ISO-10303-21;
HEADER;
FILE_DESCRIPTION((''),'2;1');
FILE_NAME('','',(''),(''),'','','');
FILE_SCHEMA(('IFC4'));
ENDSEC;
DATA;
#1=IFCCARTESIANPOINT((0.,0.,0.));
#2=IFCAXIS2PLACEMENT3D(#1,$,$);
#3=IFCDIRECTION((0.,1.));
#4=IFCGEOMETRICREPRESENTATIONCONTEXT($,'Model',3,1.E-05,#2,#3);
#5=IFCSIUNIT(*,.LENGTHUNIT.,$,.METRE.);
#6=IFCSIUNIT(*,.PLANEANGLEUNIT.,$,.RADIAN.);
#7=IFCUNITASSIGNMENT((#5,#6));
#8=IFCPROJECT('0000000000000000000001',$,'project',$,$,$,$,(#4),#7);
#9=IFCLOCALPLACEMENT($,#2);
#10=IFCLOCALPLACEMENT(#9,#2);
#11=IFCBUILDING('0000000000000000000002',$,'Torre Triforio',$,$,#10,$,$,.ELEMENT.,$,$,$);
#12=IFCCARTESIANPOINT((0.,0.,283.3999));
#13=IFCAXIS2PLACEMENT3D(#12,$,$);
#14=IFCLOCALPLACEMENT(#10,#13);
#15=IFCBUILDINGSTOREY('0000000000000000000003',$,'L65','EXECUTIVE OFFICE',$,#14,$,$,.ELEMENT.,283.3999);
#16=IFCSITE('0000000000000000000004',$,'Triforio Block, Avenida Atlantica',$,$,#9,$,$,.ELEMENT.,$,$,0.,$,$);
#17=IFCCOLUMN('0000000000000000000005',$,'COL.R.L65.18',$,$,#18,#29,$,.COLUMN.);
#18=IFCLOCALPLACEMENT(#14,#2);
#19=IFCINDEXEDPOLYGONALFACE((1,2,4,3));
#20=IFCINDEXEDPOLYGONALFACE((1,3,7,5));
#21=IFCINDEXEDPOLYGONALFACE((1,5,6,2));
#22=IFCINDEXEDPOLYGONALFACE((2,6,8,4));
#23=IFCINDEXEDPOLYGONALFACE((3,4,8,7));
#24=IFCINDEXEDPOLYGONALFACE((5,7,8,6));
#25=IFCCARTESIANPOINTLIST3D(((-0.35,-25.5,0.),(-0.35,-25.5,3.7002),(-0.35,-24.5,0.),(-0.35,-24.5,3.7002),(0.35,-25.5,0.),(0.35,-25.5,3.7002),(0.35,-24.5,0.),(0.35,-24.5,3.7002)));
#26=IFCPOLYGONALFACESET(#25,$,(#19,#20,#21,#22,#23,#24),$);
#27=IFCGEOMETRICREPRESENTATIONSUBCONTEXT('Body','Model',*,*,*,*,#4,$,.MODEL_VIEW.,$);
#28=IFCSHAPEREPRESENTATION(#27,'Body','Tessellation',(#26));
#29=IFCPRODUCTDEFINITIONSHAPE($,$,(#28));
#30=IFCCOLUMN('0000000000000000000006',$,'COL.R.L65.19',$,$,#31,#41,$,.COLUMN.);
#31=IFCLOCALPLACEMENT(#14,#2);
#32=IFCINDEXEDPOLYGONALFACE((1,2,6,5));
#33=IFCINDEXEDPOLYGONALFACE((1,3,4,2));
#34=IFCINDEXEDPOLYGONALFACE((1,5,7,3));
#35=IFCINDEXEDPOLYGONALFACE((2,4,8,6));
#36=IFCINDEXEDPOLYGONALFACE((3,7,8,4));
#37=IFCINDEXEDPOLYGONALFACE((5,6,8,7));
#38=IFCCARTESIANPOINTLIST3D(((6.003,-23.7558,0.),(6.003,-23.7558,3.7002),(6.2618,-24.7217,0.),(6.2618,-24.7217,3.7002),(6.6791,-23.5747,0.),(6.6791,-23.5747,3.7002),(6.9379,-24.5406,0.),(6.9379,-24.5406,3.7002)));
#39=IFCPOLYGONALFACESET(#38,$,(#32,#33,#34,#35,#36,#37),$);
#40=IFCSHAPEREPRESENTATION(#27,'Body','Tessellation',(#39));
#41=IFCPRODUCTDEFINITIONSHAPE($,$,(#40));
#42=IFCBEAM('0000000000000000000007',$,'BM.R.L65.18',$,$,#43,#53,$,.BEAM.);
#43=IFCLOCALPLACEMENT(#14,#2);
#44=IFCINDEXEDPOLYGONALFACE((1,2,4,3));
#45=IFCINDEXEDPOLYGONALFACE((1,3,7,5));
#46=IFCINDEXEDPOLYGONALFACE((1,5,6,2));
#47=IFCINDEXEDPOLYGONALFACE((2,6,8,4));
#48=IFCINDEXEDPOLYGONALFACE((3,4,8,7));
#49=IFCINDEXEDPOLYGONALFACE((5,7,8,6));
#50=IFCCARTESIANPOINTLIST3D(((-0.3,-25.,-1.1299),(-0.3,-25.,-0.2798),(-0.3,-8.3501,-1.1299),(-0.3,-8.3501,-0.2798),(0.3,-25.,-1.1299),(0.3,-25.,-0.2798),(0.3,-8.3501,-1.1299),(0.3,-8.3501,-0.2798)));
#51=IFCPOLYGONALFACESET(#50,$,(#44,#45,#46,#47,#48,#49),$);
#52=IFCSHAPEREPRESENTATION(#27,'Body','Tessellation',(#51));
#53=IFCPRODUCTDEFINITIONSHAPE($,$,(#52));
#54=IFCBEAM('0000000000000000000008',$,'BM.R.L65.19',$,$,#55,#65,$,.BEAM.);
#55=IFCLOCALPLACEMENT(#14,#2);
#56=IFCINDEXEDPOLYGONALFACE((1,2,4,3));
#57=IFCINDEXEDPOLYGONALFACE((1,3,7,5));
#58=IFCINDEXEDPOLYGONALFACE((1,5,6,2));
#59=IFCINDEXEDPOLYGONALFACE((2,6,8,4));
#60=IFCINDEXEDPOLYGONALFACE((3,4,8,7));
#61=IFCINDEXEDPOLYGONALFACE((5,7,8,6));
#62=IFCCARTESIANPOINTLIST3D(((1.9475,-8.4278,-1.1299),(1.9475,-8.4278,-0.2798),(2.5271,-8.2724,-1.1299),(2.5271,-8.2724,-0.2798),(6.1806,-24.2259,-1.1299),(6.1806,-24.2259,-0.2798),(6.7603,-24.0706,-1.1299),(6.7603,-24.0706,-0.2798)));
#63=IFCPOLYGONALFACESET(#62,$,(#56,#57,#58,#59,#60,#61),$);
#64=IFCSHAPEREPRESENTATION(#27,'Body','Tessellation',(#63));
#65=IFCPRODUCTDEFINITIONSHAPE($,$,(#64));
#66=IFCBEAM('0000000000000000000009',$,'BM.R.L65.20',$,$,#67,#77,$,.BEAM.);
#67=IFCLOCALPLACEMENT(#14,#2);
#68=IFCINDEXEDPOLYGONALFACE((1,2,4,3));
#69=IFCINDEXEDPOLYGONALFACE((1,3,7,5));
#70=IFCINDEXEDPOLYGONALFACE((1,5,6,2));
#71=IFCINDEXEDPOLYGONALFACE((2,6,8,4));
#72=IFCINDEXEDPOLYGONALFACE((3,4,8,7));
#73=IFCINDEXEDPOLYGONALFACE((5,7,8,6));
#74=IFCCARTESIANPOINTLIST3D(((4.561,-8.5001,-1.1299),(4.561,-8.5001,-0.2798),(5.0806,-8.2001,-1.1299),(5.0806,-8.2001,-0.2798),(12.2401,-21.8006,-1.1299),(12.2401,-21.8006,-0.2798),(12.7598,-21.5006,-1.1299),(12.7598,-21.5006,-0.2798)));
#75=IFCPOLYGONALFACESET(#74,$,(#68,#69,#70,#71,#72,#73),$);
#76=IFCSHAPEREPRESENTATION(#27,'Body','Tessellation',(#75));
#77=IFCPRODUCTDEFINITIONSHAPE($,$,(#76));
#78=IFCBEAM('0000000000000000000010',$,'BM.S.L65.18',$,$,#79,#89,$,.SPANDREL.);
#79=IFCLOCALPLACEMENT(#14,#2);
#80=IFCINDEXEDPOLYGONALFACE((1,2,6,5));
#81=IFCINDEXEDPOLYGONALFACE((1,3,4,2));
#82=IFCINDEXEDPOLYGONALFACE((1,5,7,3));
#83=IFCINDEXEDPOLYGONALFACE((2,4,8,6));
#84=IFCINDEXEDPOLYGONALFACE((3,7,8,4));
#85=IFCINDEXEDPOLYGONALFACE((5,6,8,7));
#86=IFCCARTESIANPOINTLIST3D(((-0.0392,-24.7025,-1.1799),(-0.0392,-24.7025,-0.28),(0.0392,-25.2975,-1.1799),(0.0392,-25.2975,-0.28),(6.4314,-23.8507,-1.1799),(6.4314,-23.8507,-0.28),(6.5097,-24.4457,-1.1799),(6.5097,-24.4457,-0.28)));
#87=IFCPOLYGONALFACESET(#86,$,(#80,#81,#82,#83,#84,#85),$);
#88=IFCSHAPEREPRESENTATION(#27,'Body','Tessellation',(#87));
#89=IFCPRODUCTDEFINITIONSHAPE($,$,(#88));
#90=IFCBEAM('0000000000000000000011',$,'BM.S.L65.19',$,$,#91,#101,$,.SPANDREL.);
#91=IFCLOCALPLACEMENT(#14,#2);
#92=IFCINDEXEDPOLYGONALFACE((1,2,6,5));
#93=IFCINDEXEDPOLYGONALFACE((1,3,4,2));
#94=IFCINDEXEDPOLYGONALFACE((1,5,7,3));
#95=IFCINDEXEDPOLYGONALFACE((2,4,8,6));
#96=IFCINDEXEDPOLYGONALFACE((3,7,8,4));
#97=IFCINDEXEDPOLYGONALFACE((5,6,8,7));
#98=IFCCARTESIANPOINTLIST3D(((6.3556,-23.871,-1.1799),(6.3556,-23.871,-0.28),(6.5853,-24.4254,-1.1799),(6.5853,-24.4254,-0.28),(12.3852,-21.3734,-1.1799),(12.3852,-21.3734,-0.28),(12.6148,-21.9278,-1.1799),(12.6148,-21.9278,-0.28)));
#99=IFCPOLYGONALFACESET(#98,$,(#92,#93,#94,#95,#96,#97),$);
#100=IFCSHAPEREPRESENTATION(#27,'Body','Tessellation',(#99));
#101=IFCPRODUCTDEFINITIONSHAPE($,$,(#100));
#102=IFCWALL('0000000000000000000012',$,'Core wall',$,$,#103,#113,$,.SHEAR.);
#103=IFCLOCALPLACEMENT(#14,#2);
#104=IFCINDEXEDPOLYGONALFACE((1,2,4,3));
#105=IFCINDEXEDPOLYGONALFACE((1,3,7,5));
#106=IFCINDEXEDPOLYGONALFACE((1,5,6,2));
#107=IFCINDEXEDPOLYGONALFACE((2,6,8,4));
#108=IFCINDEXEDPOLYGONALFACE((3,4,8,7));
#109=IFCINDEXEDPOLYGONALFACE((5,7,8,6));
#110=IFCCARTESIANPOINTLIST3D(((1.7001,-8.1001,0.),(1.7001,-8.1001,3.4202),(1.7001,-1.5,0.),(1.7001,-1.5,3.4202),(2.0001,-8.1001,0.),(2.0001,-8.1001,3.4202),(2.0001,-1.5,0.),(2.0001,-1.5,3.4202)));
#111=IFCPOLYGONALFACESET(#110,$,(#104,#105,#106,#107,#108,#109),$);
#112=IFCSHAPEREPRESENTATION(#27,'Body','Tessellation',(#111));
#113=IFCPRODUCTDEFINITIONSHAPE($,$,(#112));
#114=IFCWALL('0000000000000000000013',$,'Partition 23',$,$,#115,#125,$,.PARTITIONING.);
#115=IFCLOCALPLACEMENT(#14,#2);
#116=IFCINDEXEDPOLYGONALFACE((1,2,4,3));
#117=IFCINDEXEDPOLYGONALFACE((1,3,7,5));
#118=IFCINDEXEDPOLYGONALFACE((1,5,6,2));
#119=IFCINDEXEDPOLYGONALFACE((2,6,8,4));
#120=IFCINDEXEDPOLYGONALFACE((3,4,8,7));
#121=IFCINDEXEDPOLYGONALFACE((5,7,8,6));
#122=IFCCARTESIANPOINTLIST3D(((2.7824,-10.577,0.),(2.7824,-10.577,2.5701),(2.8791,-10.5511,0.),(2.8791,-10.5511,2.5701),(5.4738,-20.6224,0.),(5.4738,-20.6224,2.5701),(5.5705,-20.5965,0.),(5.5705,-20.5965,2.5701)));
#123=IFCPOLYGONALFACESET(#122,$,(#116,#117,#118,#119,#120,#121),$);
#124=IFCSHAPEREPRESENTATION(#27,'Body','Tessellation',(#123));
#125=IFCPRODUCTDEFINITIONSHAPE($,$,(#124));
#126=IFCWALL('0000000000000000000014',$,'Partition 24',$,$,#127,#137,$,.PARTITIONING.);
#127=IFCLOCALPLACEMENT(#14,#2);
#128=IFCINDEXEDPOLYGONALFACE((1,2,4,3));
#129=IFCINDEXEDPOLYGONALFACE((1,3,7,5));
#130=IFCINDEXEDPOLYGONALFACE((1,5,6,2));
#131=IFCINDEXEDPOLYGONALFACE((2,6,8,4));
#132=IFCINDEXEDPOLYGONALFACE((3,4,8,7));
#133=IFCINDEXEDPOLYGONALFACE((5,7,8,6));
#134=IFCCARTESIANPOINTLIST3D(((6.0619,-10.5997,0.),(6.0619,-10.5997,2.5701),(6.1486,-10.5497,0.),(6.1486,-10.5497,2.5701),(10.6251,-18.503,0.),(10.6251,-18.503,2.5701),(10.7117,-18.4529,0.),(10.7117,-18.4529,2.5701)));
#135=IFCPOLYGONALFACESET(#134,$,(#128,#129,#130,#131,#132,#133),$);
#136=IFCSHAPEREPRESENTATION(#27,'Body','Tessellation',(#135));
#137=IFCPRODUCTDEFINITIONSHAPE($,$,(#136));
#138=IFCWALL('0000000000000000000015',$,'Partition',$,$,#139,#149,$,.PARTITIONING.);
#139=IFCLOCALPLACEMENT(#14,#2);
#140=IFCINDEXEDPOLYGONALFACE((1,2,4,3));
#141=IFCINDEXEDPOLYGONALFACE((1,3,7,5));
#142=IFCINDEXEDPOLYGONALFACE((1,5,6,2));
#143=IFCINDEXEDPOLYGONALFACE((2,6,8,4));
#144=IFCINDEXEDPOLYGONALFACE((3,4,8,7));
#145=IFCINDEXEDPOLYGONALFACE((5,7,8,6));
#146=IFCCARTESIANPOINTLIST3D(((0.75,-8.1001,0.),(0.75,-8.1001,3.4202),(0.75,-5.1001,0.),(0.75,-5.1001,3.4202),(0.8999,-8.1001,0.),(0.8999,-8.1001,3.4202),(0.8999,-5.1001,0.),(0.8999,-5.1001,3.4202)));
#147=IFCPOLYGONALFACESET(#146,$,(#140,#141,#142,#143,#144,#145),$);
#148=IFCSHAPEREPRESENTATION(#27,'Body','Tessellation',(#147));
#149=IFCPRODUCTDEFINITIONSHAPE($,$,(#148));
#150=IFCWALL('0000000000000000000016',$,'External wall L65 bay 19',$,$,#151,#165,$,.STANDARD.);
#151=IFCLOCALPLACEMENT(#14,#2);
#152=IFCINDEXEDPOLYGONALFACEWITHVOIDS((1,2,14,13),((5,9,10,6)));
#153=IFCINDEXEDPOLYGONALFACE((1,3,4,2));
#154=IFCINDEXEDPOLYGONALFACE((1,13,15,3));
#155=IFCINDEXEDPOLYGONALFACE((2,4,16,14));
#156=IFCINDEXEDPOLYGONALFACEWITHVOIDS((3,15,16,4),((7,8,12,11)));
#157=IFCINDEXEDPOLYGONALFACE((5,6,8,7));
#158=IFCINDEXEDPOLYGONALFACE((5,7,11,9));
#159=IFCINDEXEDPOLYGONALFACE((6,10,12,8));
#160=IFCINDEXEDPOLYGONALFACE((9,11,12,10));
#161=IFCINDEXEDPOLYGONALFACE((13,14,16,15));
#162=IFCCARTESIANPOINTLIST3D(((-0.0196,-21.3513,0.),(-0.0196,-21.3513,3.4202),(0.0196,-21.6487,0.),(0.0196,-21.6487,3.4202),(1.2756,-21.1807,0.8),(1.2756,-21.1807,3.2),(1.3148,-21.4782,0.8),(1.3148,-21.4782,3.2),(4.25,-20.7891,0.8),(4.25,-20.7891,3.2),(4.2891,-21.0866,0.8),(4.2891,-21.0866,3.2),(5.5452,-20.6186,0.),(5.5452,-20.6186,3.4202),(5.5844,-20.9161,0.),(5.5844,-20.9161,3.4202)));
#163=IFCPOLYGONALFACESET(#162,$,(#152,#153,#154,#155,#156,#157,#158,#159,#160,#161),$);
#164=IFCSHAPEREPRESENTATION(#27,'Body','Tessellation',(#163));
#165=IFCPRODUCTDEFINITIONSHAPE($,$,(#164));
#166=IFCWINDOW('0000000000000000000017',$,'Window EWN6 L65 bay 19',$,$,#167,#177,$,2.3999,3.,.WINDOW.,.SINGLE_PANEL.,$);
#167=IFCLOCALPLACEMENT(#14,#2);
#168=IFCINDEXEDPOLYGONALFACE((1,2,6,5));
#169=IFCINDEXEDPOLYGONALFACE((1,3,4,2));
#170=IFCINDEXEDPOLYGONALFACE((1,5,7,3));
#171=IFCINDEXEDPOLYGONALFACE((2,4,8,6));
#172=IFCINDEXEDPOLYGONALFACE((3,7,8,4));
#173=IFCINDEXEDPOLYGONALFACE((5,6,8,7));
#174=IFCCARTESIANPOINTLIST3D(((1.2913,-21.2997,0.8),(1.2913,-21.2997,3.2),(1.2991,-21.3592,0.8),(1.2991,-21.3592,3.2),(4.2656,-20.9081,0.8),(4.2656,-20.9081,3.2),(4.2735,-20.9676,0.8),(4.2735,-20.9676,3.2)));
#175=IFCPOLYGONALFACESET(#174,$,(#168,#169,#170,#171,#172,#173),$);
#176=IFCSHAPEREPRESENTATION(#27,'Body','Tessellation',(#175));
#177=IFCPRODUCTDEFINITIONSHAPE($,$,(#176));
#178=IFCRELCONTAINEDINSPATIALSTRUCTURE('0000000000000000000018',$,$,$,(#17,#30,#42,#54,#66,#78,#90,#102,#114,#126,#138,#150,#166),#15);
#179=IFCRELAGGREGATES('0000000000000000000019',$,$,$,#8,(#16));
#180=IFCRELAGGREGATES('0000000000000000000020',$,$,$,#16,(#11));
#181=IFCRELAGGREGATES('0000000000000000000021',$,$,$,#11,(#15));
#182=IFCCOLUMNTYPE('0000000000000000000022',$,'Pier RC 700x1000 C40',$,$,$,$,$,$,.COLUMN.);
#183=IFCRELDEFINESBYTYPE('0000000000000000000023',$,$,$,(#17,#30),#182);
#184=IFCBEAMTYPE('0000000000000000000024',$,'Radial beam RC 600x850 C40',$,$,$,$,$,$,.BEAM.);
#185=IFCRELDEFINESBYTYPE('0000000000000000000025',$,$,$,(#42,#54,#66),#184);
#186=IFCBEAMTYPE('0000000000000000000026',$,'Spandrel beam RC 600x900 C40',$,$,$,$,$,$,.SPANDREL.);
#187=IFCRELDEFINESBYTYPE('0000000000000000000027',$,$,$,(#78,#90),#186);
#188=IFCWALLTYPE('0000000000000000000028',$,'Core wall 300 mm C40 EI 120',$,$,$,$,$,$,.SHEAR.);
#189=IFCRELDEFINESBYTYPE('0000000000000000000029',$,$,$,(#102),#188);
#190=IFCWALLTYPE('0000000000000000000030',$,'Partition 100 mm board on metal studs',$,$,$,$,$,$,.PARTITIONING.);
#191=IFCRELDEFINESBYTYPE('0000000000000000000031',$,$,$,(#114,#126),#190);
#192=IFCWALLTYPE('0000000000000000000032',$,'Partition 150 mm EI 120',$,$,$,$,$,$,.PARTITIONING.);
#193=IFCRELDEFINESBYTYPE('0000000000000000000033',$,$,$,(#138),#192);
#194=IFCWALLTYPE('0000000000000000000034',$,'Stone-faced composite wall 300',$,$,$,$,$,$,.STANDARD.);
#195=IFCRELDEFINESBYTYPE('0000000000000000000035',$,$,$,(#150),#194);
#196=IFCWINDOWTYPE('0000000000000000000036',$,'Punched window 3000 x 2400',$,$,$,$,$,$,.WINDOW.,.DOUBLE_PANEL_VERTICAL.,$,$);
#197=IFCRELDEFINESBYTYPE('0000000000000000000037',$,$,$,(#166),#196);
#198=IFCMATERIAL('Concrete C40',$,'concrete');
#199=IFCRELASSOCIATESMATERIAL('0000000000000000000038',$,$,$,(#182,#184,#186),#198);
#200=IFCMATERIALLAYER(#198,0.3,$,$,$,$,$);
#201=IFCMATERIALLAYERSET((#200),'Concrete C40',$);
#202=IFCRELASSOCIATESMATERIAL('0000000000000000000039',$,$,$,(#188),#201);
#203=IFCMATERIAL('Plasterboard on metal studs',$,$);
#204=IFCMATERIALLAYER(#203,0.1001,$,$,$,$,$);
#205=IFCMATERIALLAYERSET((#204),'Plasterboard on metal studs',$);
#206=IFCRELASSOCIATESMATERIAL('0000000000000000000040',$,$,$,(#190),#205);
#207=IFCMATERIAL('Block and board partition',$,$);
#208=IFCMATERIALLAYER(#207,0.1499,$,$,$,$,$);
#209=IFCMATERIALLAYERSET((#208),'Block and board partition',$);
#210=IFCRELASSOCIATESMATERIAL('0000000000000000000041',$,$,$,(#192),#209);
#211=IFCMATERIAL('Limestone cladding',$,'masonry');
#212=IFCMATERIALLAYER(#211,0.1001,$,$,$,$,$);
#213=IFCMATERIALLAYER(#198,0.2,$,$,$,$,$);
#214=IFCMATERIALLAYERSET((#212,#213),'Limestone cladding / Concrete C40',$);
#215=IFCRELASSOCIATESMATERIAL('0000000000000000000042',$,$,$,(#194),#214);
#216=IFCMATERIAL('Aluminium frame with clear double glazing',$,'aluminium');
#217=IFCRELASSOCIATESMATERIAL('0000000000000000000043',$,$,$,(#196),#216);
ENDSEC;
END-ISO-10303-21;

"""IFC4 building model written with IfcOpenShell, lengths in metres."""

from ifc_helpers import new_model, si_unit, direction, frame, frame_2d, origin, origin_2d, place, context, subcontext, project, spatial, rectangle, extrude, material, layer, layer_set, material_profile, profile_set, type_object, element, fill, save


model = new_model("IFC4")

# Units and contexts
model_context = context("Model", 3, precision=1e-05, world=origin(), true_north=direction((0.0, 1.0)))
body_context = subcontext(model_context, "Body", "Model", "MODEL_VIEW")
ifc_project = project(units=[si_unit("LENGTHUNIT", "METRE"), si_unit("PLANEANGLEUNIT", "RADIAN")], contexts=[model_context])

# Site, building, storey
site_placement = place(None, origin())
site = spatial("IfcSite", under=ifc_project, at=site_placement, Name="Triforio Block, Avenida Atlantica", CompositionType="ELEMENT", RefElevation=0.0)
building_placement = place(site_placement, origin())
building = spatial("IfcBuilding", under=site, at=building_placement, Name="Torre Triforio", CompositionType="ELEMENT")
storey_placement = place(building_placement, frame((0.0, 0.0, 283.3999)))
storey = spatial("IfcBuildingStorey", under=building, at=storey_placement, Name="L65", Description="EXECUTIVE OFFICE", CompositionType="ELEMENT", Elevation=283.3999)

# Columns
ifc_material_1 = material(Name="Concrete C40", Category="concrete")
ifc_material_profile_1 = material_profile(ifc_material_1, rectangle(XDim=0.7, YDim=1.0, at=origin_2d()), Name="RC 700x1000")
ifc_profile_set_1 = profile_set([ifc_material_profile_1], Name="Concrete C40")
column_type = type_object("IfcColumnType", Name="Pier RC 700x1000 C40", PredefinedType="COLUMN", material=ifc_profile_set_1)
for number, where, z_axis, x_axis, name in (
    (1, (0.0, -25.0, 0.0), (0.0, 0.0, 1.0), (1.0, 0.0, 0.0), "COL.R.L65.18"),
    (2, (6.4705, -24.1482, 0.0), (0.0, 0.0, 1.0), (0.965926, 0.258819, 0.0), "COL.R.L65.19"),
):
    element("IfcColumn", number, at=place(storey_placement, frame(where, z_axis=z_axis, x_axis=x_axis)), inside=storey, type_object=column_type, Name=name, PredefinedType="COLUMN", context=body_context, shape_type="SweptSolid", body=[
        extrude(rectangle(XDim=0.7, YDim=1.0, at=origin_2d()), origin(), (0.0, 0.0, 1.0), 3.7002),
    ])

# Beams
ifc_material_profile_2 = material_profile(ifc_material_1, rectangle(XDim=0.6001, YDim=0.8501, at=origin_2d()), Name="RC 600x850")
ifc_profile_set_2 = profile_set([ifc_material_profile_2], Name="Concrete C40")
beam_type_1 = type_object("IfcBeamType", Name="Radial beam RC 600x850 C40", PredefinedType="BEAM", material=ifc_profile_set_2)
beam_1_placement = place(storey_placement, frame((0.0, -8.3501, -0.7048), z_axis=(0.0, -1.0, 0.0), x_axis=(1.0, 0.0, 0.0)))
element("IfcBeam", 3, at=beam_1_placement, inside=storey, type_object=beam_type_1, Name="BM.R.L65.18", PredefinedType="BEAM", context=body_context, shape_type="SweptSolid", body=[
    extrude(rectangle(XDim=0.6001, YDim=0.8501, at=origin_2d()), origin(), (0.0, 0.0, 1.0), 16.6499),
])
beam_2_placement = place(storey_placement, frame((2.2373, -8.3501, -0.7048), z_axis=(0.258823, -0.965925, 0.0), x_axis=(0.965925, 0.258823, 0.0)))
element("IfcBeam", 4, at=beam_2_placement, inside=storey, type_object=beam_type_1, Name="BM.R.L65.19", PredefinedType="BEAM", context=body_context, shape_type="SweptSolid", body=[
    extrude(rectangle(XDim=0.6001, YDim=0.8501, at=origin_2d()), origin(), (0.0, 0.0, 1.0), 16.3555),
])
beam_3_placement = place(storey_placement, frame((4.8208, -8.3501, -0.7048), z_axis=(0.500006, -0.866022, 0.0), x_axis=(0.866022, 0.500006, 0.0)))
element("IfcBeam", 5, at=beam_3_placement, inside=storey, type_object=beam_type_1, Name="BM.R.L65.20", PredefinedType="BEAM", context=body_context, shape_type="SweptSolid", body=[
    extrude(rectangle(XDim=0.6001, YDim=0.8501, at=origin_2d()), origin(), (0.0, 0.0, 1.0), 15.3582),
])
ifc_material_profile_3 = material_profile(ifc_material_1, rectangle(XDim=0.6001, YDim=0.8999, at=origin_2d()), Name="RC 600x900")
ifc_profile_set_3 = profile_set([ifc_material_profile_3], Name="Concrete C40")
beam_type_2 = type_object("IfcBeamType", Name="Spandrel beam RC 600x900 C40", PredefinedType="SPANDREL", material=ifc_profile_set_3)
for number, where, z_axis, x_axis, name in (
    (6, (0.0, -25.0, -0.73), (0.991446, 0.130519, 0.0), (-0.130519, 0.991446, 0.0), "BM.S.L65.18"),
    (7, (6.4705, -24.1482, -0.73), (0.923877, 0.382689, 0.0), (-0.382689, 0.923877, 0.0), "BM.S.L65.19"),
):
    element("IfcBeam", number, at=place(storey_placement, frame(where, z_axis=z_axis, x_axis=x_axis)), inside=storey, type_object=beam_type_2, Name=name, PredefinedType="SPANDREL", context=body_context, shape_type="SweptSolid", body=[
        extrude(rectangle(XDim=0.6001, YDim=0.8999, at=origin_2d()), origin(), (0.0, 0.0, 1.0), 6.5264),
    ])

# Walls
ifc_layer_1 = layer(ifc_material_1, 0.3)
ifc_layer_set_1 = layer_set([ifc_layer_1], Name="Concrete C40")
wall_type_1 = type_object("IfcWallType", Name="Core wall 300 mm C40 EI 120", PredefinedType="SHEAR", material=ifc_layer_set_1)
wall_1_placement = place(storey_placement, frame((1.8501, -8.1001, 0.0), z_axis=(0.0, 0.0, 1.0), x_axis=(0.0, 1.0, 0.0)))
element("IfcWall", 8, at=wall_1_placement, inside=storey, type_object=wall_type_1, Name="Core wall", PredefinedType="SHEAR", context=body_context, shape_type="SweptSolid", body=[
    extrude(rectangle(XDim=6.6001, YDim=0.3, at=frame_2d((3.3, 0.0))), origin(), (0.0, 0.0, 1.0), 3.4202),
])
ifc_material_2 = material(Name="Plasterboard on metal studs")
ifc_layer_2 = layer(ifc_material_2, 0.1001)
ifc_layer_set_2 = layer_set([ifc_layer_2], Name="Plasterboard on metal studs")
wall_type_2 = type_object("IfcWallType", Name="Partition 100 mm board on metal studs", PredefinedType="PARTITIONING", material=ifc_layer_set_2)
wall_2_placement = place(storey_placement, frame((2.8308, -10.5642, 0.0), z_axis=(0.0, 0.0, 1.0), x_axis=(0.258796, -0.965932, 0.0)))
element("IfcWall", 9, at=wall_2_placement, inside=storey, type_object=wall_type_2, Name="Partition 23", PredefinedType="PARTITIONING", context=body_context, shape_type="SweptSolid", body=[
    extrude(rectangle(XDim=10.3997, YDim=0.1001, at=frame_2d((5.1997, 0.0))), origin(), (0.0, 0.0, 1.0), 2.5701),
])
wall_3_placement = place(storey_placement, frame((6.1052, -10.5747, 0.0), z_axis=(0.0, 0.0, 1.0), x_axis=(0.50002, -0.866014, 0.0)))
element("IfcWall", 10, at=wall_3_placement, inside=storey, type_object=wall_type_2, Name="Partition 24", PredefinedType="PARTITIONING", context=body_context, shape_type="SweptSolid", body=[
    extrude(rectangle(XDim=9.126, YDim=0.1001, at=frame_2d((4.563, 0.0))), origin(), (0.0, 0.0, 1.0), 2.5701),
])
ifc_material_3 = material(Name="Block and board partition")
ifc_layer_3 = layer(ifc_material_3, 0.1499)
ifc_layer_set_3 = layer_set([ifc_layer_3], Name="Block and board partition")
wall_type_3 = type_object("IfcWallType", Name="Partition 150 mm EI 120", PredefinedType="PARTITIONING", material=ifc_layer_set_3)
wall_4_placement = place(storey_placement, frame((0.825, -8.1001, 0.0), z_axis=(0.0, 0.0, 1.0), x_axis=(0.0, 1.0, 0.0)))
element("IfcWall", 11, at=wall_4_placement, inside=storey, type_object=wall_type_3, Name="Partition", PredefinedType="PARTITIONING", context=body_context, shape_type="SweptSolid", body=[
    extrude(rectangle(XDim=3.0, YDim=0.1499, at=frame_2d((1.5, 0.0))), origin(), (0.0, 0.0, 1.0), 3.4202),
])

# Wall, opening, window
ifc_material_4 = material(Name="Limestone cladding", Category="masonry")
ifc_layer_4 = layer(ifc_material_4, 0.1001)
ifc_layer_5 = layer(ifc_material_1, 0.2)
ifc_layer_set_4 = layer_set([ifc_layer_4, ifc_layer_5], Name="Limestone cladding / Concrete C40")
wall_type_4 = type_object("IfcWallType", Name="Stone-faced composite wall 300", PredefinedType="STANDARD", material=ifc_layer_set_4)
wall_5_placement = place(storey_placement, frame((0.0, -21.5, 0.0), z_axis=(0.0, 0.0, 1.0), x_axis=(0.991443, 0.130537, 0.0)))
wall_5 = element("IfcWall", 12, at=wall_5_placement, inside=storey, type_object=wall_type_4, Name="External wall L65 bay 19", PredefinedType="STANDARD", context=body_context, shape_type="SweptSolid", body=[
    extrude(rectangle(XDim=5.6128, YDim=0.3, at=frame_2d((2.8064, 0.0))), origin(), (0.0, 0.0, 1.0), 3.4202),
])
opening_1_placement = place(wall_5_placement, frame((1.3064, 0.0, 0.8)))
opening_1 = element("IfcOpeningElement", 13, at=opening_1_placement, cuts=wall_5, PredefinedType="OPENING", context=body_context, shape_type="SweptSolid", body=[
    extrude(rectangle(XDim=3.0, YDim=2.3999, at=frame_2d((1.5, 1.2))), frame((0.0, 0.1599, 0.0), z_axis=(0.0, -1.0, 0.0), x_axis=(1.0, 0.0, 0.0)), (0.0, 0.0, 1.0), 0.3201),
])
ifc_material_5 = material(Name="Aluminium frame with clear double glazing", Category="aluminium")
window_type_1 = type_object("IfcWindowType", Name="Punched window 3000 x 2400", PartitioningType="DOUBLE_PANEL_VERTICAL", PredefinedType="WINDOW", material=ifc_material_5)
window_1_placement = place(opening_1_placement, origin())
window_1 = element("IfcWindow", 14, at=window_1_placement, inside=storey, type_object=window_type_1, Name="Window EWN6 L65 bay 19", OverallHeight=2.3999, OverallWidth=3.0, PartitioningType="SINGLE_PANEL", PredefinedType="WINDOW", context=body_context, shape_type="SweptSolid", body=[
    extrude(rectangle(XDim=3.0, YDim=2.3999, at=frame_2d((1.5, 1.2))), frame((0.0, 0.03, 0.0), z_axis=(0.0, -1.0, 0.0), x_axis=(1.0, 0.0, 0.0)), (0.0, 0.0, 1.0), 0.0601),
])
fill(opening_1, window_1)

save(model, "model.ifc")
